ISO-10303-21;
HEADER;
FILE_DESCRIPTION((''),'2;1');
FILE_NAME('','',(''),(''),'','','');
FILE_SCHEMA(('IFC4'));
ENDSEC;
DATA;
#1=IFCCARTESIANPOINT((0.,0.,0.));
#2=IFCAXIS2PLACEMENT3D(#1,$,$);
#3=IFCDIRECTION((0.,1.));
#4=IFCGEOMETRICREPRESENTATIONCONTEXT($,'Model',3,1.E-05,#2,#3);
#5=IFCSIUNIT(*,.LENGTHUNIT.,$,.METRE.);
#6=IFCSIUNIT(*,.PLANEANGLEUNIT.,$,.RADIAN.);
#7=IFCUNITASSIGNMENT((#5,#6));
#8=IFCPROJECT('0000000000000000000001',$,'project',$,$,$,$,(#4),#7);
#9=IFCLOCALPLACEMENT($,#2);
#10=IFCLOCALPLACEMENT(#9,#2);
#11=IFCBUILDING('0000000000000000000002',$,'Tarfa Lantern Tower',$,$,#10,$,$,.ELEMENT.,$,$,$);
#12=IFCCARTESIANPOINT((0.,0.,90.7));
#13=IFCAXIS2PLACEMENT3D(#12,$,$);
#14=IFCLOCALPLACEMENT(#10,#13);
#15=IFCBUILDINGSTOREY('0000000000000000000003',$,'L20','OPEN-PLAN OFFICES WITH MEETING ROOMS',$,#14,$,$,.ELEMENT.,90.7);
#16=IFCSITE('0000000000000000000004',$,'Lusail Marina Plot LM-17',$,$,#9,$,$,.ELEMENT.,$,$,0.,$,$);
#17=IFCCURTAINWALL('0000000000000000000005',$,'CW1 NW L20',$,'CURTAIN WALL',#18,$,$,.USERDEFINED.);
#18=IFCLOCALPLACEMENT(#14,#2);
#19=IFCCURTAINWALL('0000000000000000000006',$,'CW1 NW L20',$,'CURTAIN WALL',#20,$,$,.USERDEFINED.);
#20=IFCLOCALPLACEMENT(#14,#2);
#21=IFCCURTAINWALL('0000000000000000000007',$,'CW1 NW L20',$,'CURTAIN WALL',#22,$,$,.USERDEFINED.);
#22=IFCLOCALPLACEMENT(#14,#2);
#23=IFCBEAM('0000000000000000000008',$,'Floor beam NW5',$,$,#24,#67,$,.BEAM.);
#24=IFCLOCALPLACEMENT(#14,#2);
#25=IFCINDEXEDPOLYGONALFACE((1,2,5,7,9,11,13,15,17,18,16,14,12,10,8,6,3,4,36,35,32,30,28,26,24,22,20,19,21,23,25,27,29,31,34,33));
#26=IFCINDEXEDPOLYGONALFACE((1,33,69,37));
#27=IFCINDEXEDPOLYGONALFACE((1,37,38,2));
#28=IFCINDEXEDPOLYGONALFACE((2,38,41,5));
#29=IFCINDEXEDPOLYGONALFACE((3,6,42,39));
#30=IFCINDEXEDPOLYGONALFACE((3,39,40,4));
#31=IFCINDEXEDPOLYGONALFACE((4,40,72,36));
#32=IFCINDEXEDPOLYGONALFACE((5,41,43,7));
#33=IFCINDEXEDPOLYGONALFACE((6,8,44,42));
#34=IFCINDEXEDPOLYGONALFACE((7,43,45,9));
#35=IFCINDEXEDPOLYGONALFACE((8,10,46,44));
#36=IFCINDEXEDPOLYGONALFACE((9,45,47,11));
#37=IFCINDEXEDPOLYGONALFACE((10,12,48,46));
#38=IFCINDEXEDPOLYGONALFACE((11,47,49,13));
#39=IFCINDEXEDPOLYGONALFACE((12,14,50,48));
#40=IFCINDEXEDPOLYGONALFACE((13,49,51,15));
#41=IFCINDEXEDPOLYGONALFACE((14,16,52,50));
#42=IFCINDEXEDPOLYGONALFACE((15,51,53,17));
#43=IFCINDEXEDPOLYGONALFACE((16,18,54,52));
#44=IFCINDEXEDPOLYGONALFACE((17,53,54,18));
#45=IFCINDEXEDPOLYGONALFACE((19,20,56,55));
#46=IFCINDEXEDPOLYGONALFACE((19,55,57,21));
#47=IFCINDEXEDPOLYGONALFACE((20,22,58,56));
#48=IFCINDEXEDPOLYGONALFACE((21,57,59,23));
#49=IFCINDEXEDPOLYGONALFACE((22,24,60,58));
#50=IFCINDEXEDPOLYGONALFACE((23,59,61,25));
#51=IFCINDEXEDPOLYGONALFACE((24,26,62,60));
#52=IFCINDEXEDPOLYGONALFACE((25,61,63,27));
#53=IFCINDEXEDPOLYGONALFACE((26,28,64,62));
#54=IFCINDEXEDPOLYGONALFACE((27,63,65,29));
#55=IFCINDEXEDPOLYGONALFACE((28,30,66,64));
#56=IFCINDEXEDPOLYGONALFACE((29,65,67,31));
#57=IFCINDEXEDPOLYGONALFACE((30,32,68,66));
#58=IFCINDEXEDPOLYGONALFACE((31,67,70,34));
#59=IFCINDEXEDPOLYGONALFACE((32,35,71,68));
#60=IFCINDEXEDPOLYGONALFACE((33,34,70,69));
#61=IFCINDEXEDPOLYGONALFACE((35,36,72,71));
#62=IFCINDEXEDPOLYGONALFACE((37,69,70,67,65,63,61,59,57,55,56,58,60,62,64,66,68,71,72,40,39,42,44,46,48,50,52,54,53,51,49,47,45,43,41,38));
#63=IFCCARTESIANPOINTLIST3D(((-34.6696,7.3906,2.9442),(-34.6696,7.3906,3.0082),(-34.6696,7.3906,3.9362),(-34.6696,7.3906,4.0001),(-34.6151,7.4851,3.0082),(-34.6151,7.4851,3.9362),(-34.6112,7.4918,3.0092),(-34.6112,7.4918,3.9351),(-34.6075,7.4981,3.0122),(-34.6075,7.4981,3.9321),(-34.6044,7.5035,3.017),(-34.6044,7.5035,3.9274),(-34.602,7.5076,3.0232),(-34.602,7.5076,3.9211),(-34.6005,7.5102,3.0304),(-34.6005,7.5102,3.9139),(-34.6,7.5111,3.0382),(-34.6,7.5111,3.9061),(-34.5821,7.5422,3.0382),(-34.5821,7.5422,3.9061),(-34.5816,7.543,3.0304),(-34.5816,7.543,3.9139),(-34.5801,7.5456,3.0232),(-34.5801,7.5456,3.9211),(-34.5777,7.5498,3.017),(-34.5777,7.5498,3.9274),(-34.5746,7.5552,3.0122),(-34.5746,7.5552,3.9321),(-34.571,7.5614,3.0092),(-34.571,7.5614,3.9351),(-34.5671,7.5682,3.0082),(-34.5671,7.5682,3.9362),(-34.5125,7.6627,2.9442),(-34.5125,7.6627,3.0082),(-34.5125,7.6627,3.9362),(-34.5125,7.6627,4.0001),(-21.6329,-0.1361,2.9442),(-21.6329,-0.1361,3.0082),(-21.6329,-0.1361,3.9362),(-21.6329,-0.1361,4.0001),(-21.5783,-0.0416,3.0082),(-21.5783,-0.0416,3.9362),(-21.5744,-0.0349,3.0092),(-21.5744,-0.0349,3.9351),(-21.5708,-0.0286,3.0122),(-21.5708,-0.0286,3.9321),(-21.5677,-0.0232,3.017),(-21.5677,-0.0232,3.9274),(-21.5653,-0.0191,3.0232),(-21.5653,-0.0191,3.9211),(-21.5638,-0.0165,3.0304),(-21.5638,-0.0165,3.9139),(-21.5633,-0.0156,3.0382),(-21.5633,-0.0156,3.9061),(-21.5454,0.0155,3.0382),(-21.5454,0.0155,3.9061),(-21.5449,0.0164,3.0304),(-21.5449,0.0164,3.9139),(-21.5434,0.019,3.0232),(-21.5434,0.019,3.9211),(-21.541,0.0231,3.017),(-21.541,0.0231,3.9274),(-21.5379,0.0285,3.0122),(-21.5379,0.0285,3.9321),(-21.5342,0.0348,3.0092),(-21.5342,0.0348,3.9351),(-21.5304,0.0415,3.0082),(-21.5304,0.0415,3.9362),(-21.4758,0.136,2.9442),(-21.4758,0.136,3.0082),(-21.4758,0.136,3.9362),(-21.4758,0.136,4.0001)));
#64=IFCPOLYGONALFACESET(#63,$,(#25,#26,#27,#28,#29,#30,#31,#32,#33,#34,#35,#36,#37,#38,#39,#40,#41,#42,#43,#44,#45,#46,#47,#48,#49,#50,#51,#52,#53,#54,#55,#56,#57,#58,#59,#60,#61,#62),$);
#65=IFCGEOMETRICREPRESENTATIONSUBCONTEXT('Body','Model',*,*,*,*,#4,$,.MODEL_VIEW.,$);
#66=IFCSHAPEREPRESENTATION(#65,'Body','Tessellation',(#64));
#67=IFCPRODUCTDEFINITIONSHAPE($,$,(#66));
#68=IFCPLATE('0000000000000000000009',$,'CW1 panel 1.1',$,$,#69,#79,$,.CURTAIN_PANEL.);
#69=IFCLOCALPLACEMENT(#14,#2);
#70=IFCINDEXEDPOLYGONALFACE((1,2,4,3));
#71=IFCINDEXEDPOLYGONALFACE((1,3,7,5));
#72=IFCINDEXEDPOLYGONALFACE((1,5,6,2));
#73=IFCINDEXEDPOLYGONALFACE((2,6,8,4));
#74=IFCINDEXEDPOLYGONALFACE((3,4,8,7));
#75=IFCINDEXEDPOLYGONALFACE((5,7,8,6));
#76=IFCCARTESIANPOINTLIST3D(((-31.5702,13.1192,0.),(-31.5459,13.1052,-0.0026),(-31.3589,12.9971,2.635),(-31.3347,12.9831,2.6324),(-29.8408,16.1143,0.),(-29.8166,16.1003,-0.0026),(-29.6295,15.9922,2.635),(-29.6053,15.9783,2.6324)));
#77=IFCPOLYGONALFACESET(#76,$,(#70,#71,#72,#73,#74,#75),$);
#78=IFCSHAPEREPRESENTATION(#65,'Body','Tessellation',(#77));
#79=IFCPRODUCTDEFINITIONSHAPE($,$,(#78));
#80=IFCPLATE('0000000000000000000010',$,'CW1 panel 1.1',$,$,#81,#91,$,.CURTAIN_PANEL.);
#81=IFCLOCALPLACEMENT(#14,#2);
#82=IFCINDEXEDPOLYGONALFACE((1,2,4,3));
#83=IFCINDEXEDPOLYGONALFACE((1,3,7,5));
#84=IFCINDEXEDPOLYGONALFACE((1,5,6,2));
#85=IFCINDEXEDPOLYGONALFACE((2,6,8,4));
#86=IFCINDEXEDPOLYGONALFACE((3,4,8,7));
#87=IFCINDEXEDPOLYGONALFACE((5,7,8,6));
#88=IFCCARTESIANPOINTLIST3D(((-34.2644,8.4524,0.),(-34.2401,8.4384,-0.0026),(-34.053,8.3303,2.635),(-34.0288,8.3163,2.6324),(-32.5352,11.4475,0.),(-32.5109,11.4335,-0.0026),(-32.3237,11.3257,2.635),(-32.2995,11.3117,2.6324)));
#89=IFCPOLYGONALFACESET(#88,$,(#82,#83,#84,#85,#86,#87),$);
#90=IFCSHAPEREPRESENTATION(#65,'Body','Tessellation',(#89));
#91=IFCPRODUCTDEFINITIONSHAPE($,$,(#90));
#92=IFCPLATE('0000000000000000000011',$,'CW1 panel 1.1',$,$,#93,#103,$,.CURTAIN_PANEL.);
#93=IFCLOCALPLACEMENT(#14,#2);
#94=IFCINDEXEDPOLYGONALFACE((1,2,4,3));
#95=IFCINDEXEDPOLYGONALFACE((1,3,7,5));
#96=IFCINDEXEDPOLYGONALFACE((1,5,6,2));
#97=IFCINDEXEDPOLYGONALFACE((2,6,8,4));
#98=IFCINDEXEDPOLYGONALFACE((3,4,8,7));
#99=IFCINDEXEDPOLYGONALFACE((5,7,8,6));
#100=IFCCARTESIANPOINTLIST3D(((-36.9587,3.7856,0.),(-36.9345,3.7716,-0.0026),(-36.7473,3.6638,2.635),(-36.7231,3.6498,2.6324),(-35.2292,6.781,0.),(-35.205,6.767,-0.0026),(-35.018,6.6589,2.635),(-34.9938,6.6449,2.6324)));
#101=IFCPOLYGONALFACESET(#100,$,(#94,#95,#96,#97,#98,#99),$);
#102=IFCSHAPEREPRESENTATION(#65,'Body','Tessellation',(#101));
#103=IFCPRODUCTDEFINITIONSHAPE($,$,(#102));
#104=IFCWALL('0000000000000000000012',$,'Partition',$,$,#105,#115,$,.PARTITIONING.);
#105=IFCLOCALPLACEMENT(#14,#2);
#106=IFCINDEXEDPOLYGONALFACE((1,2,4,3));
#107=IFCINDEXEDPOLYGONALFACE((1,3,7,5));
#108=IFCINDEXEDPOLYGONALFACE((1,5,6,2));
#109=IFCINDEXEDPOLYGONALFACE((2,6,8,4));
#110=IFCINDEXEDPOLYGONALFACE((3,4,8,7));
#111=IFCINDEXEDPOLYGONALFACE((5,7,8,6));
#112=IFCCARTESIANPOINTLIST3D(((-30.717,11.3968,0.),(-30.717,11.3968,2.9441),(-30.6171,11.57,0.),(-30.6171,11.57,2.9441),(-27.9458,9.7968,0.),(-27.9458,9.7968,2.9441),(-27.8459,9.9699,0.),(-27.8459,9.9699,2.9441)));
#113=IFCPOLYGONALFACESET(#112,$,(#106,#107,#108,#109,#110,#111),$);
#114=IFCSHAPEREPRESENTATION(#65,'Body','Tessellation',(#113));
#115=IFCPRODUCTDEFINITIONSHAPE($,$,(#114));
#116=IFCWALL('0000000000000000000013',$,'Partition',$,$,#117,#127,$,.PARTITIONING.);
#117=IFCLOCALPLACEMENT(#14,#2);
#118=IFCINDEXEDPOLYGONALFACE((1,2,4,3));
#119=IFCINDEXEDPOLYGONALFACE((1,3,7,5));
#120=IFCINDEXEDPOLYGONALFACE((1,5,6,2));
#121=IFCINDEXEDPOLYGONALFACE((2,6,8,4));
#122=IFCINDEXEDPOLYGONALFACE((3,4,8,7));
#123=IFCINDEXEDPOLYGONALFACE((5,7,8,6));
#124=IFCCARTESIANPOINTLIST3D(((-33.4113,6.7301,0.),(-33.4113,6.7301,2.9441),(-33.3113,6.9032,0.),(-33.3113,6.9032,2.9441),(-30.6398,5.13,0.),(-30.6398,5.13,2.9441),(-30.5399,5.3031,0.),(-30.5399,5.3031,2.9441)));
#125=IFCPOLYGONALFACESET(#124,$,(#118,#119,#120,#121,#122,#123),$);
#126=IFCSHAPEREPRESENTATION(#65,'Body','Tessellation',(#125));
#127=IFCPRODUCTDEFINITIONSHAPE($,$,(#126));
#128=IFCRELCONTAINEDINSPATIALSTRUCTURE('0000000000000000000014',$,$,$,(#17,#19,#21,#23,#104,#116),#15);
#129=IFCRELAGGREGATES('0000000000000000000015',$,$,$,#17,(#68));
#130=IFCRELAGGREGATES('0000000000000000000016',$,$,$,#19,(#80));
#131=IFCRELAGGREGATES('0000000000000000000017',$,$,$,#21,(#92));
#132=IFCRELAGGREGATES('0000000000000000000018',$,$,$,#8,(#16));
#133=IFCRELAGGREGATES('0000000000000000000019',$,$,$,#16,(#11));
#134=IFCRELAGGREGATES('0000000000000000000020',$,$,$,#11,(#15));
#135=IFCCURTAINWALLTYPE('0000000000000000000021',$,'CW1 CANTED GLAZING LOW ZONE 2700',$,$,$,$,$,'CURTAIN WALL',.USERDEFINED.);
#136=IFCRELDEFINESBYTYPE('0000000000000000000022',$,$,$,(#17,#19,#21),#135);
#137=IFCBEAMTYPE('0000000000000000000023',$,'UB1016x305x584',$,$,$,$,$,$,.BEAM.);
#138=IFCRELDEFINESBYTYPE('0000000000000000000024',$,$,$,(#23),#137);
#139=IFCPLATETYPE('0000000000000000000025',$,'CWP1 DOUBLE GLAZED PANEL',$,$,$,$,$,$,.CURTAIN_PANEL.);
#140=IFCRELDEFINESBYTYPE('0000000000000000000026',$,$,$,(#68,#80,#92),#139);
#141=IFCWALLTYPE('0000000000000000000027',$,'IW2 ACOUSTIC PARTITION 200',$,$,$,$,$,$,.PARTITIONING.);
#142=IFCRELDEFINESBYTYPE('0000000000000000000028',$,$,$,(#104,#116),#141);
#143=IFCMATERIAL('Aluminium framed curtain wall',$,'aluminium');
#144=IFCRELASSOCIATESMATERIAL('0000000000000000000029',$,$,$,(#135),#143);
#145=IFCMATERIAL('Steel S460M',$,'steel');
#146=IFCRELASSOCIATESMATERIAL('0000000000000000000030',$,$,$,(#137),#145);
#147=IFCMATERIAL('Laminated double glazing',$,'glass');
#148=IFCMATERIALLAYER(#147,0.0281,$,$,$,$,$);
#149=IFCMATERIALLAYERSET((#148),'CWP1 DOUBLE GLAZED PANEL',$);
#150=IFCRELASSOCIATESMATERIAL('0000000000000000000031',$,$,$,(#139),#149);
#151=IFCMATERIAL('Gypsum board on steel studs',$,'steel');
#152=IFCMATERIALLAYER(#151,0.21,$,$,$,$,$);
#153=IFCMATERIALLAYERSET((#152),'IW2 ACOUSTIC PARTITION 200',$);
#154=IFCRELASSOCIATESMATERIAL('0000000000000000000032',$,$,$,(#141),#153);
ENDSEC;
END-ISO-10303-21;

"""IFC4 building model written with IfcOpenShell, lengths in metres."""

from ifc_helpers import new_model, si_unit, direction, frame, frame_2d, origin, origin_2d, place, context, subcontext, project, spatial, polyline, rectangle, i_section, outline, extrude, material, layer, layer_set, material_profile, profile_set, type_object, element, aggregate, save


model = new_model("IFC4")

# Units and contexts
model_context = context("Model", 3, precision=1e-05, world=origin(), true_north=direction((0.0, 1.0)))
body_context = subcontext(model_context, "Body", "Model", "MODEL_VIEW")
ifc_project = project(units=[si_unit("LENGTHUNIT", "METRE"), si_unit("PLANEANGLEUNIT", "RADIAN")], contexts=[model_context])

# Site, building, storey
site_placement = place(None, origin())
site = spatial("IfcSite", under=ifc_project, at=site_placement, Name="Lusail Marina Plot LM-17", CompositionType="ELEMENT", RefElevation=0.0)
building_placement = place(site_placement, origin())
building = spatial("IfcBuilding", under=site, at=building_placement, Name="Tarfa Lantern Tower", CompositionType="ELEMENT")
storey_placement = place(building_placement, frame((0.0, 0.0, 90.7)))
storey = spatial("IfcBuildingStorey", under=building, at=storey_placement, Name="L20", Description="OPEN-PLAN OFFICES WITH MEETING ROOMS", CompositionType="ELEMENT", Elevation=90.7)

# Curtain wall
ifc_material_1 = material(Name="Aluminium framed curtain wall", Category="aluminium")
curtain_wall_type = type_object("IfcCurtainWallType", Name="CW1 CANTED GLAZING LOW ZONE 2700", ElementType="CURTAIN WALL", PredefinedType="USERDEFINED", material=ifc_material_1)
curtain_wall_1_placement = place(storey_placement, origin())
curtain_wall_1 = element("IfcCurtainWall", 1, at=curtain_wall_1_placement, inside=storey, type_object=curtain_wall_type, Name="CW1 NW L20", ObjectType="CURTAIN WALL", PredefinedType="USERDEFINED")

# Curtain walls
curtain_wall_2_placement = place(storey_placement, origin())
curtain_wall_2 = element("IfcCurtainWall", 2, at=curtain_wall_2_placement, inside=storey, type_object=curtain_wall_type, Name="CW1 NW L20", ObjectType="CURTAIN WALL", PredefinedType="USERDEFINED")
curtain_wall_3_placement = place(storey_placement, origin())
curtain_wall_3 = element("IfcCurtainWall", 3, at=curtain_wall_3_placement, inside=storey, type_object=curtain_wall_type, Name="CW1 NW L20", ObjectType="CURTAIN WALL", PredefinedType="USERDEFINED")

# Beam
ifc_material_2 = material(Name="Steel S460M", Category="steel")
ifc_material_profile_1 = material_profile(ifc_material_2, i_section(OverallWidth=0.3142, OverallDepth=1.0559, WebThickness=0.0359, FlangeThickness=0.064, FilletRadius=0.03, at=origin_2d()), Name="UB1016x305x584")
ifc_profile_set_1 = profile_set([ifc_material_profile_1], Name="Steel S460M")
beam_type_1 = type_object("IfcBeamType", Name="UB1016x305x584", PredefinedType="BEAM", material=ifc_profile_set_1)
beam_1_placement = place(storey_placement, frame((-34.5911, 7.5266, 3.4722), z_axis=(0.866028, -0.499996, 0.0), x_axis=(0.499996, 0.866028, 0.0)))
element("IfcBeam", 4, at=beam_1_placement, inside=storey, type_object=beam_type_1, Name="Floor beam NW5", PredefinedType="BEAM", context=body_context, shape_type="SweptSolid", body=[
    extrude(i_section(OverallWidth=0.3142, OverallDepth=1.0559, WebThickness=0.0359, FlangeThickness=0.064, FilletRadius=0.03, at=origin_2d()), origin(), (0.0, 0.0, 1.0), 15.0535),
])

# Plates
ifc_material_3 = material(Name="Laminated double glazing", Category="glass")
ifc_layer_1 = layer(ifc_material_3, 0.0281)
ifc_layer_set_1 = layer_set([ifc_layer_1], Name="CWP1 DOUBLE GLAZED PANEL")
plate_type = type_object("IfcPlateType", Name="CWP1 DOUBLE GLAZED PANEL", PredefinedType="CURTAIN_PANEL", material=ifc_layer_set_1)
plate_1_placement = place(storey_placement, frame((-29.8408, 16.1143, 0.0), z_axis=(-0.862318, 0.497899, 0.092216), x_axis=(-0.50003, -0.866008, 0.000003)))
plate_1 = element("IfcPlate", 5, at=plate_1_placement, type_object=plate_type, Name="CW1 panel 1.1", PredefinedType="CURTAIN_PANEL", context=body_context, shape_type="SweptSolid", body=[
    extrude(outline(polyline([(0.0, 0.0), (3.4585, 0.0), (3.4586, 2.6463), (0.0, 2.6463), (0.0, 0.0)])), origin(), (0.0, 0.0, -1.0), 0.0281),
])
aggregate(curtain_wall_1, [plate_1])
plate_2_placement = place(storey_placement, frame((-32.5352, 11.4475, 0.0), z_axis=(-0.862341, 0.497857, 0.092233), x_axis=(-0.499988, -0.866032, -0.000002)))
plate_2 = element("IfcPlate", 6, at=plate_2_placement, type_object=plate_type, Name="CW1 panel 1.1", PredefinedType="CURTAIN_PANEL", context=body_context, shape_type="SweptSolid", body=[
    extrude(outline(polyline([(0.0, 0.0), (3.4585, 0.0), (3.4585, 2.6463), (-0.0002, 2.6463), (0.0, 0.0)])), origin(), (0.0, 0.0, -1.0), 0.0281),
])
aggregate(curtain_wall_2, [plate_2])
plate_3_placement = place(storey_placement, frame((-35.2292, 6.781, 0.0), z_axis=(-0.862329, 0.497885, 0.092193), x_axis=(-0.500015, -0.866017, -0.000001)))
plate_3 = element("IfcPlate", 7, at=plate_3_placement, type_object=plate_type, Name="CW1 panel 1.1", PredefinedType="CURTAIN_PANEL", context=body_context, shape_type="SweptSolid", body=[
    extrude(outline(polyline([(0.0, 0.0), (3.4588, 0.0), (3.4586, 2.6463), (0.0001, 2.6463), (0.0, 0.0)])), origin(), (0.0, 0.0, -1.0), 0.0281),
])
aggregate(curtain_wall_3, [plate_3])

# Walls
ifc_material_4 = material(Name="Gypsum board on steel studs", Category="steel")
ifc_layer_2 = layer(ifc_material_4, 0.21)
ifc_layer_set_2 = layer_set([ifc_layer_2], Name="IW2 ACOUSTIC PARTITION 200")
wall_type = type_object("IfcWallType", Name="IW2 ACOUSTIC PARTITION 200", PredefinedType="PARTITIONING", material=ifc_layer_set_2)
wall_1_placement = place(storey_placement, frame((-27.8958, 9.8833, 0.0), z_axis=(0.0, 0.0, 1.0), x_axis=(-0.866009, 0.500028, 0.0)))
element("IfcWall", 8, at=wall_1_placement, inside=storey, type_object=wall_type, Name="Partition", PredefinedType="PARTITIONING", context=body_context, shape_type="SweptSolid", body=[
    extrude(rectangle(XDim=3.2, YDim=0.2, at=frame_2d((1.6001, 0.0))), origin(), (0.0, 0.0, 1.0), 2.9441),
])
wall_2_placement = place(storey_placement, frame((-30.5898, 5.2166, 0.0), z_axis=(0.0, 0.0, 1.0), x_axis=(-0.866028, 0.499995, 0.0)))
element("IfcWall", 9, at=wall_2_placement, inside=storey, type_object=wall_type, Name="Partition", PredefinedType="PARTITIONING", context=body_context, shape_type="SweptSolid", body=[
    extrude(rectangle(XDim=3.2002, YDim=0.2, at=frame_2d((1.6001, 0.0))), origin(), (0.0, 0.0, 1.0), 2.9441),
])

save(model, "model.ifc")
